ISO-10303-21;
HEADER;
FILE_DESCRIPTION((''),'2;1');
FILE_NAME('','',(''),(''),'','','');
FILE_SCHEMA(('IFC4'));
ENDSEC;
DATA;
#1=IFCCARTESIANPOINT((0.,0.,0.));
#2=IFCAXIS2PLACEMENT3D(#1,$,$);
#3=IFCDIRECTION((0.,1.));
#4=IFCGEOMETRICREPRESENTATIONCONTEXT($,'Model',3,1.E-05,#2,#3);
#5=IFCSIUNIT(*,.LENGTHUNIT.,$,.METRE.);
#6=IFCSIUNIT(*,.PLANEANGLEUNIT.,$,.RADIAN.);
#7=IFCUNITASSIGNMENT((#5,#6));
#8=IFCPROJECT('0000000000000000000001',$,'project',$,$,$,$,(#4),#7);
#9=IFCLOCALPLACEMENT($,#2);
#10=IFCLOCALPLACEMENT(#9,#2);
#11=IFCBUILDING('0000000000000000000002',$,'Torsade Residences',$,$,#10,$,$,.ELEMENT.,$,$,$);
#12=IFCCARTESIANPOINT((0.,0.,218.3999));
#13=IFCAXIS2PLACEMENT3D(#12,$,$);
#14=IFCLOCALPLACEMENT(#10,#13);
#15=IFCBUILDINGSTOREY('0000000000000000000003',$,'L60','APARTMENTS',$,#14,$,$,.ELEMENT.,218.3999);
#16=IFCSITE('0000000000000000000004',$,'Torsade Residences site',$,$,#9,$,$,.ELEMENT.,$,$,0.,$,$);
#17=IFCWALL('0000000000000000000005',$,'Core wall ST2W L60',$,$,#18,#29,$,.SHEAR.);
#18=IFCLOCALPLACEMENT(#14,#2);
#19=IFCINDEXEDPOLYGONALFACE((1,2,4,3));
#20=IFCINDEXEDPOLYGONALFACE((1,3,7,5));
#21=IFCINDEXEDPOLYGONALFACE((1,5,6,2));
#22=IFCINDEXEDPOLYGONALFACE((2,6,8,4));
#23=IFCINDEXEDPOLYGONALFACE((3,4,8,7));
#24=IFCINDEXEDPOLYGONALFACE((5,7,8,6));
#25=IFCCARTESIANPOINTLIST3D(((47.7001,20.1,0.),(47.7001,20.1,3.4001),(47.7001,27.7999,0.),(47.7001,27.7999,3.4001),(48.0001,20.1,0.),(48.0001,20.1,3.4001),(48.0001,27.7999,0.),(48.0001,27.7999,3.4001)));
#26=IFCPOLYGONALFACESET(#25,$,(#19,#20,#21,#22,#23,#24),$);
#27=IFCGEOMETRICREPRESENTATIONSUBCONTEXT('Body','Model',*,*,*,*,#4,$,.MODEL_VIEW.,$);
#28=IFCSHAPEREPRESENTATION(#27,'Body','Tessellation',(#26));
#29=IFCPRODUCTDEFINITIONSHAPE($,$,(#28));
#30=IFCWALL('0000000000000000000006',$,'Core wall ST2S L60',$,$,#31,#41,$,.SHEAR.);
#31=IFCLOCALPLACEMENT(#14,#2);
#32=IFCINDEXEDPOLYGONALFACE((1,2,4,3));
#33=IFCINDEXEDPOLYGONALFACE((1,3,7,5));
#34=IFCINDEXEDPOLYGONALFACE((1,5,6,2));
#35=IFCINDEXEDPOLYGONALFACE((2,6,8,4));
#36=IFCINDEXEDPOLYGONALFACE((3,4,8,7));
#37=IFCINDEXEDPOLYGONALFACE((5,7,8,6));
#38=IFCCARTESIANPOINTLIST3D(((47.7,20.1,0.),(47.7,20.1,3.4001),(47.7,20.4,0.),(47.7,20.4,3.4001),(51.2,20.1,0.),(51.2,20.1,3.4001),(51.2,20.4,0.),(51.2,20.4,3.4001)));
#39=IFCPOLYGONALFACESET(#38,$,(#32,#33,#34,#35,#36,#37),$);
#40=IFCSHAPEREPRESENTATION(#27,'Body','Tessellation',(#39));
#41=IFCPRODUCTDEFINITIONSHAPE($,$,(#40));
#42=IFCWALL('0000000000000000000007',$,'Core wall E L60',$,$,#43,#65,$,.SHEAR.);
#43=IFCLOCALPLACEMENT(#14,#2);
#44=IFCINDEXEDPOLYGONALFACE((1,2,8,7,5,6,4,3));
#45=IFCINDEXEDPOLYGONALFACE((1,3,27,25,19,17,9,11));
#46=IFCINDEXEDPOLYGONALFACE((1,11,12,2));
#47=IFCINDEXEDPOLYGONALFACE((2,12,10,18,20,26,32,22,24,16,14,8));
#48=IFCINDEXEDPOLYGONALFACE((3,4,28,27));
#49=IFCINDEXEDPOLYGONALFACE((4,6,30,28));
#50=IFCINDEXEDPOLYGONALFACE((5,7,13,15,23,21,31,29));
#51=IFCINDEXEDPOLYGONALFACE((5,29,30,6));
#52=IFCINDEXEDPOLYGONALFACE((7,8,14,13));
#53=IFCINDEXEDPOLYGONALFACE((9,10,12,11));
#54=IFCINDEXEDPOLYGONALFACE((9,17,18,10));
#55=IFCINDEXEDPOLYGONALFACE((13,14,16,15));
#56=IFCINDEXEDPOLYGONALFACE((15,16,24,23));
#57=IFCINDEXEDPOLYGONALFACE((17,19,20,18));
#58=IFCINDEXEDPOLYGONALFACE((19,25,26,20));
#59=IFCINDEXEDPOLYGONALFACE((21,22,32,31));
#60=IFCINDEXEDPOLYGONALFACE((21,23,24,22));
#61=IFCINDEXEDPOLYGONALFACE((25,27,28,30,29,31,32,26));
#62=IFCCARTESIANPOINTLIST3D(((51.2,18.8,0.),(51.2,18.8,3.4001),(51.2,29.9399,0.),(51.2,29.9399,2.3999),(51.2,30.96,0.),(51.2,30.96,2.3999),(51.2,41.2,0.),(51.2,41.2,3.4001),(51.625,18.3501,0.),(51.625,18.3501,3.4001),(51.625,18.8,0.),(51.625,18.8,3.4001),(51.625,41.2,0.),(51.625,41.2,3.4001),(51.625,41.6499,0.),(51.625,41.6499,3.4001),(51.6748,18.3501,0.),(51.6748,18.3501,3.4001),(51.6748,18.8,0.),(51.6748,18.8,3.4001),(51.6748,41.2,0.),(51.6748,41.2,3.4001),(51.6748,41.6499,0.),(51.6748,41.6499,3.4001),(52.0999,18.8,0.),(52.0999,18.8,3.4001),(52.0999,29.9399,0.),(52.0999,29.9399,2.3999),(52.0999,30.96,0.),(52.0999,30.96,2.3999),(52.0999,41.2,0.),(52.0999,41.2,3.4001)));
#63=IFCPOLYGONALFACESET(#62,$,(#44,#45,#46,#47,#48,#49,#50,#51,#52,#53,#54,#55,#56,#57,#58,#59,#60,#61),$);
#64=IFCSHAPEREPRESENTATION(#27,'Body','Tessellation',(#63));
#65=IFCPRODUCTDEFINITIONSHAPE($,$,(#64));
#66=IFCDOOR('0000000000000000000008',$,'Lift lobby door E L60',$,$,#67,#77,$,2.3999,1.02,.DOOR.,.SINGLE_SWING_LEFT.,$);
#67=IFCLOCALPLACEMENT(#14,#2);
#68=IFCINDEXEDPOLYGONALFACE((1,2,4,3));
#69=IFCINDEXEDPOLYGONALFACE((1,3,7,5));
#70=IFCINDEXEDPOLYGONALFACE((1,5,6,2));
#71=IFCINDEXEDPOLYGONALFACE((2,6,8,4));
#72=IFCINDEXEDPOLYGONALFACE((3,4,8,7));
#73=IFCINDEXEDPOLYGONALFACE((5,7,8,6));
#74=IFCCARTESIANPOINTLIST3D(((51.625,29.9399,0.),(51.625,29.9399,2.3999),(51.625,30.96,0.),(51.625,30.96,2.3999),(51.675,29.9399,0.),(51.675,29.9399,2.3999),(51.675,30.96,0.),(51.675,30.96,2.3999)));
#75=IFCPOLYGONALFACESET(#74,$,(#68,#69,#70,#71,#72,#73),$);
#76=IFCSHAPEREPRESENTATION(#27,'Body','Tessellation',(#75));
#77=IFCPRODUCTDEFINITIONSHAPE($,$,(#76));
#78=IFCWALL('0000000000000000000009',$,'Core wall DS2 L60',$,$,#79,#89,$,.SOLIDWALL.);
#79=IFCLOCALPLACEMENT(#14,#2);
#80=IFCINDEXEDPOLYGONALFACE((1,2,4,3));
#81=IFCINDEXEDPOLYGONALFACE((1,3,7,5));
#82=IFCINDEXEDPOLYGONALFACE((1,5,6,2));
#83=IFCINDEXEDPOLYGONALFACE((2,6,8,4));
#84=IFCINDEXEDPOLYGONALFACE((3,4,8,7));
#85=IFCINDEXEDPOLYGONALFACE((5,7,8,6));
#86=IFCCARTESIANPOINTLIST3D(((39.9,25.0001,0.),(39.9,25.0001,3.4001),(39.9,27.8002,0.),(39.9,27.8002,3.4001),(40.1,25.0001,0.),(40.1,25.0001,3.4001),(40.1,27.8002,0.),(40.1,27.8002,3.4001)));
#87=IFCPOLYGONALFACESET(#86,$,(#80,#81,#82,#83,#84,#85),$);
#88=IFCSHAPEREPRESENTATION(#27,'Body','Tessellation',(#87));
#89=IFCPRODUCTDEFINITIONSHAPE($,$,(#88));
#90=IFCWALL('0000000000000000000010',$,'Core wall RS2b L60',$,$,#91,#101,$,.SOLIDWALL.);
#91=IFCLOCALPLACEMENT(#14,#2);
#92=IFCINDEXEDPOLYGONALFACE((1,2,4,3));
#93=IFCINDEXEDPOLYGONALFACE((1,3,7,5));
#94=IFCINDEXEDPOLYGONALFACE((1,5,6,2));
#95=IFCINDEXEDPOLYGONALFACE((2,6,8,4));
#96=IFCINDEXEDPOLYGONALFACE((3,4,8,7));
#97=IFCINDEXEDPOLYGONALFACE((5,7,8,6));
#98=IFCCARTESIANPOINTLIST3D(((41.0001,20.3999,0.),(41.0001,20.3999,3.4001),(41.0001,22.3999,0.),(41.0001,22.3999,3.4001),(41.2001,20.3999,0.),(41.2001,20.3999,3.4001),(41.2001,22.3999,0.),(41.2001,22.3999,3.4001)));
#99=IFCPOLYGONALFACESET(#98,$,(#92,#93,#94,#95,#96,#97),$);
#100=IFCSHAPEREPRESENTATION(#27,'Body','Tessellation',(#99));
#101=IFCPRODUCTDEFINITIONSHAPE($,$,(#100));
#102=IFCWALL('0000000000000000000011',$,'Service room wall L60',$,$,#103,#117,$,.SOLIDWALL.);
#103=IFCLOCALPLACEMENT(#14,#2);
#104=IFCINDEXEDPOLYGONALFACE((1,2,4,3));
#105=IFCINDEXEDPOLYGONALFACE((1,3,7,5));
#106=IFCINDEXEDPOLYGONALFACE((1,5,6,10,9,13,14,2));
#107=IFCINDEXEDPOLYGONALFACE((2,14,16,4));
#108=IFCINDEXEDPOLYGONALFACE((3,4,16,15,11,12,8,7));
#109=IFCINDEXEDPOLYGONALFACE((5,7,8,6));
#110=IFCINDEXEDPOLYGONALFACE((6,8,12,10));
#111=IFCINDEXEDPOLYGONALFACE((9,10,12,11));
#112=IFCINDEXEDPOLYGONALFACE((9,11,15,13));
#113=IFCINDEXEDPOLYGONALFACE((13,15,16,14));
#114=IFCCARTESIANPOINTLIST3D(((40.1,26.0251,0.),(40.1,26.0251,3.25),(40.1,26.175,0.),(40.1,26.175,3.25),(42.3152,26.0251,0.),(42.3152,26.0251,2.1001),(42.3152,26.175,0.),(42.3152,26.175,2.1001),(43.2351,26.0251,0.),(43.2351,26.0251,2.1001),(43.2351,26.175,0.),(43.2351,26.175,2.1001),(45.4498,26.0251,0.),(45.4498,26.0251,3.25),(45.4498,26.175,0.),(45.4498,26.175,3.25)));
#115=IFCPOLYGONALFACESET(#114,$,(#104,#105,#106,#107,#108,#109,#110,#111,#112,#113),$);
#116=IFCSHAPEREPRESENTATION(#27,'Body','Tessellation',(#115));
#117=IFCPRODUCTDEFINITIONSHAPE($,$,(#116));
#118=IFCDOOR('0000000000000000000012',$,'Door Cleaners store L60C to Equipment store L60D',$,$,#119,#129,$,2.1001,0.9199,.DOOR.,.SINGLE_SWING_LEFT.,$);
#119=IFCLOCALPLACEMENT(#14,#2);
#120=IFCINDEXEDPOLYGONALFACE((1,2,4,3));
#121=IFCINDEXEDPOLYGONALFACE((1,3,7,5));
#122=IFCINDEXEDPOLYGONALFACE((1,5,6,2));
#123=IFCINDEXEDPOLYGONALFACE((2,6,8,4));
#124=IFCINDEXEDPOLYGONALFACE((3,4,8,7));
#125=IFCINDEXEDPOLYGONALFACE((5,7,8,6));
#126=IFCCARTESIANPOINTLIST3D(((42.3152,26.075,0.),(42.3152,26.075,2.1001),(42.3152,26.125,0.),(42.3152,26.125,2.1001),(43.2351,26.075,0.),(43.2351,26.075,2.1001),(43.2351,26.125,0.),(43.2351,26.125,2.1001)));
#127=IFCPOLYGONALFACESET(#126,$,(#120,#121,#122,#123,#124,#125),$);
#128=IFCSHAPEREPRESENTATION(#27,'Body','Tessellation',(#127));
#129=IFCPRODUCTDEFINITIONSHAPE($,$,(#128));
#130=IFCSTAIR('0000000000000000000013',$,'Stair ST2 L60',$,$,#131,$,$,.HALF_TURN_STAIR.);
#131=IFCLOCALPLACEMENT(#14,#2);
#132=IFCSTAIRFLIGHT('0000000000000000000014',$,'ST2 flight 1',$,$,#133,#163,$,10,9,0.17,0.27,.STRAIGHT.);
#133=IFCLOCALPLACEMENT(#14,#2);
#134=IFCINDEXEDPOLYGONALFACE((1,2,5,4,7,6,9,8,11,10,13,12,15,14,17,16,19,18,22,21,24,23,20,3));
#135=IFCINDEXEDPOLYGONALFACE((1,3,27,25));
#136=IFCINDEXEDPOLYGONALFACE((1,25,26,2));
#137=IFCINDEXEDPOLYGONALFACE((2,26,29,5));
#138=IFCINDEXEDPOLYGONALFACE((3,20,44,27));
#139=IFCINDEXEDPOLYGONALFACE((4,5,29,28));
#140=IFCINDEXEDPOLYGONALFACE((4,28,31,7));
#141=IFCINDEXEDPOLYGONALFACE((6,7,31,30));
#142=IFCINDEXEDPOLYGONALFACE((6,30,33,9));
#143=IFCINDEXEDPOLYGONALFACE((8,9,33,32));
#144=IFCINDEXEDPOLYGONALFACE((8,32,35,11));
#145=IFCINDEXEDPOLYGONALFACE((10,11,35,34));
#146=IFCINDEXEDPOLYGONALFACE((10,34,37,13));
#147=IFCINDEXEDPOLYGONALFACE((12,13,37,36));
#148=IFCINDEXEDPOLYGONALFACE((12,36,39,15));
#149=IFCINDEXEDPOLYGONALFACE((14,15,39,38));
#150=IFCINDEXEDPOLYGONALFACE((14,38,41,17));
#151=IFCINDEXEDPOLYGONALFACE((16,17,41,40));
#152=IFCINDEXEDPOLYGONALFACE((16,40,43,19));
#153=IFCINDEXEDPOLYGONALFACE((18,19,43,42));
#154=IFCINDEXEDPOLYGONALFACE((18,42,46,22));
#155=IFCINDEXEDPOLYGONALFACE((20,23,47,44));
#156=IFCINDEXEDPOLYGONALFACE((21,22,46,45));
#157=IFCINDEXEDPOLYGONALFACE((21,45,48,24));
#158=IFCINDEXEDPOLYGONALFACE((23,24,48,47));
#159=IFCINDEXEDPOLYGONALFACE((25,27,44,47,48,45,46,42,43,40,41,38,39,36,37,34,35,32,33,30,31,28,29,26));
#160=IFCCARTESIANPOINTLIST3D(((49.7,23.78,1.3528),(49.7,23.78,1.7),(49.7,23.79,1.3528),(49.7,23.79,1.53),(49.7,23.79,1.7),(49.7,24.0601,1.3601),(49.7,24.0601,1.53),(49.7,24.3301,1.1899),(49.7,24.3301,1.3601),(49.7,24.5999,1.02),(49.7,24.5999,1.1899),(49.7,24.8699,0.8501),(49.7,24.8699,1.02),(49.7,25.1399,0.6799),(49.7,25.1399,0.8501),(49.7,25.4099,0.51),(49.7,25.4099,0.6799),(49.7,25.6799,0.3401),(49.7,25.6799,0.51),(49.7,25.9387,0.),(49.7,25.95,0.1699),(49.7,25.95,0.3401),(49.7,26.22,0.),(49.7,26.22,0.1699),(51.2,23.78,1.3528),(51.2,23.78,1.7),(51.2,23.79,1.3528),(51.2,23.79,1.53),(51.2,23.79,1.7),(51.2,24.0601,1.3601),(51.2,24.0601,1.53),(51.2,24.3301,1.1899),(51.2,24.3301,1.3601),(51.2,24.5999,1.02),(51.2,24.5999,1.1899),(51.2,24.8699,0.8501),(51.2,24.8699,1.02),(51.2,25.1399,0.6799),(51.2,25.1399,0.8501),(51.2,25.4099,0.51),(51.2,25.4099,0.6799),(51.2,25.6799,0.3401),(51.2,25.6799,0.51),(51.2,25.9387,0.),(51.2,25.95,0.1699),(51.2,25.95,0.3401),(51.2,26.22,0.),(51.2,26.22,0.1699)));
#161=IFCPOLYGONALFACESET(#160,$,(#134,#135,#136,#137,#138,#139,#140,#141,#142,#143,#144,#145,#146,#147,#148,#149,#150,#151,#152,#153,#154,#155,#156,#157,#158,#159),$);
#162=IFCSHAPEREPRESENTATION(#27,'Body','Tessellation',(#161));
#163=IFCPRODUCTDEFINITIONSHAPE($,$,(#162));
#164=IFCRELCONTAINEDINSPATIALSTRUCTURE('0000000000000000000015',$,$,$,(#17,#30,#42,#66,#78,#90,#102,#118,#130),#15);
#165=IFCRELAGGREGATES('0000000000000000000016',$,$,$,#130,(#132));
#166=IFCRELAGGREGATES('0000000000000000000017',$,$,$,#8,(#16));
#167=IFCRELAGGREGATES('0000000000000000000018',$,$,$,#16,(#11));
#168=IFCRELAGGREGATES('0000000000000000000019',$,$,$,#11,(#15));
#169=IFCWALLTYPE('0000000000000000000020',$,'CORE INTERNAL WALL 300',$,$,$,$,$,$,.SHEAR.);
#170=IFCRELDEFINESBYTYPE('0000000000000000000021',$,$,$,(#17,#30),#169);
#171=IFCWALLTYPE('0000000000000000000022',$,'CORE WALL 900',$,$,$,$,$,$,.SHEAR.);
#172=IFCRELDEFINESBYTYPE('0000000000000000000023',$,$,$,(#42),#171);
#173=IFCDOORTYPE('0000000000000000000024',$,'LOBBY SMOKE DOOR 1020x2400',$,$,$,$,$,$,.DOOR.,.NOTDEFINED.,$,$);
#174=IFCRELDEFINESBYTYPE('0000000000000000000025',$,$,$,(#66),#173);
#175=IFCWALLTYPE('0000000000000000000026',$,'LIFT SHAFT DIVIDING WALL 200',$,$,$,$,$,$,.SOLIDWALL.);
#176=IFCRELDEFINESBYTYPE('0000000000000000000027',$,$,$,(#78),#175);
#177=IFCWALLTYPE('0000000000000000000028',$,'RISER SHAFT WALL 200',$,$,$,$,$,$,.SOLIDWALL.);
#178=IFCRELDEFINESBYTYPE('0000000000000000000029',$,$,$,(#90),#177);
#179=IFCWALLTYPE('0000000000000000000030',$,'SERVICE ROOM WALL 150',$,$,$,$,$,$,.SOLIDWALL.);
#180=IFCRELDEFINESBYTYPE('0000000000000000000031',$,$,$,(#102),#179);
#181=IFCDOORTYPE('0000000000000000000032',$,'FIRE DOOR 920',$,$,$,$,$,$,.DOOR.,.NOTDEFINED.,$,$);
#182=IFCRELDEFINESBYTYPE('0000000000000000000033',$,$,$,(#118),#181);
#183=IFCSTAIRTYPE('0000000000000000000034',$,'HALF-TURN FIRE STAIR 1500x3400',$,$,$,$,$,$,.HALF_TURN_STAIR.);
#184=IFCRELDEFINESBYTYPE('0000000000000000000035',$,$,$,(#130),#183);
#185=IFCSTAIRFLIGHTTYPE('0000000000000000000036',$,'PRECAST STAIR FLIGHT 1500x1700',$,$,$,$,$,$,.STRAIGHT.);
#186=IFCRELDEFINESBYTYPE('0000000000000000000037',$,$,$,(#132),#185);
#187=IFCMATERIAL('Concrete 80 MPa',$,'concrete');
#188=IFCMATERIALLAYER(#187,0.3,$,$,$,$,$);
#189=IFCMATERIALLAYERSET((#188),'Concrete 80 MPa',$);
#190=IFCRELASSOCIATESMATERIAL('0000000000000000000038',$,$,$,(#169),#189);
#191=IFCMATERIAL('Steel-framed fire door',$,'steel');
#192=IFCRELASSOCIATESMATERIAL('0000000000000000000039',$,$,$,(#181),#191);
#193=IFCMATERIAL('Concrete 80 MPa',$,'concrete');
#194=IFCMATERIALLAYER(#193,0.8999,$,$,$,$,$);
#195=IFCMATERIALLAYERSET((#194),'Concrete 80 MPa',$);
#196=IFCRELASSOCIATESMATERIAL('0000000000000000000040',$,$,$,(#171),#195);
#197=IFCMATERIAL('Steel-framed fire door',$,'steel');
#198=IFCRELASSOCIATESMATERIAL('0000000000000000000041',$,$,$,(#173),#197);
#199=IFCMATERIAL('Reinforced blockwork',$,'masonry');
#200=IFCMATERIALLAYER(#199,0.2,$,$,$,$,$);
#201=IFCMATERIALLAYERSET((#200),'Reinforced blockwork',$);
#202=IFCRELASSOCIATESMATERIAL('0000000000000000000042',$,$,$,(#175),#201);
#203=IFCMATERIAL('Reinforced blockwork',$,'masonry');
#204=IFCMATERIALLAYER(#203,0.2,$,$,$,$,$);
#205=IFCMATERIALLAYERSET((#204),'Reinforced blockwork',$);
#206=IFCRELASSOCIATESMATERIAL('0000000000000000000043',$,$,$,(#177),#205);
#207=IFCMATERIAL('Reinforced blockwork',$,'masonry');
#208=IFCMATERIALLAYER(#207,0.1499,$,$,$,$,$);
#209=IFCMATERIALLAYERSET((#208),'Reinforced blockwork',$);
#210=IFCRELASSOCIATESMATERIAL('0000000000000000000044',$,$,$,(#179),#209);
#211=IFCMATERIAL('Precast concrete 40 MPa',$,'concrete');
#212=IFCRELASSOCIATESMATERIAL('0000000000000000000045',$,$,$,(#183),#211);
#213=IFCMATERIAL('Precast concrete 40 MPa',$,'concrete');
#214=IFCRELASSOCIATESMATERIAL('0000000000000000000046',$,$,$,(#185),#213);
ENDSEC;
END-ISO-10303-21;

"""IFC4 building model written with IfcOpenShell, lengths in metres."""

from ifc_helpers import new_model, si_unit, direction, frame, frame_2d, origin, place, context, subcontext, project, spatial, polyline, rectangle, outline, extrude, material, layer, layer_set, type_object, element, fill, aggregate, save


model = new_model("IFC4")

# Units and contexts
model_context = context("Model", 3, precision=1e-05, world=origin(), true_north=direction((0.0, 1.0)))
body_context = subcontext(model_context, "Body", "Model", "MODEL_VIEW")
ifc_project = project(units=[si_unit("LENGTHUNIT", "METRE"), si_unit("PLANEANGLEUNIT", "RADIAN")], contexts=[model_context])

# Site, building, storey
site_placement = place(None, origin())
site = spatial("IfcSite", under=ifc_project, at=site_placement, Name="Torsade Residences site", CompositionType="ELEMENT", RefElevation=0.0)
building_placement = place(site_placement, origin())
building = spatial("IfcBuilding", under=site, at=building_placement, Name="Torsade Residences", CompositionType="ELEMENT")
storey_placement = place(building_placement, frame((0.0, 0.0, 218.3999)))
storey = spatial("IfcBuildingStorey", under=building, at=storey_placement, Name="L60", Description="APARTMENTS", CompositionType="ELEMENT", Elevation=218.3999)

# Shared definitions
ifc_material_1 = material(Name="Concrete 80 MPa", Category="concrete")
ifc_layer_1 = layer(ifc_material_1, 0.3)
ifc_layer_set_1 = layer_set([ifc_layer_1], Name="Concrete 80 MPa")
wall_type_1 = type_object("IfcWallType", Name="CORE INTERNAL WALL 300", PredefinedType="SHEAR", material=ifc_layer_set_1)
ifc_material_2 = material(Name="Steel-framed fire door", Category="steel")
door_type_1 = type_object("IfcDoorType", Name="FIRE DOOR 920", OperationType="NOTDEFINED", PredefinedType="DOOR", material=ifc_material_2)

# Walls
wall_1_placement = place(storey_placement, frame((47.8501, 27.8, 0.0), z_axis=(0.0, 0.0, 1.0), x_axis=(0.0, -1.0, 0.0)))
element("IfcWall", 1, at=wall_1_placement, inside=storey, type_object=wall_type_1, Name="Core wall ST2W L60", PredefinedType="SHEAR", context=body_context, shape_type="SweptSolid", body=[
    extrude(rectangle(XDim=7.7, YDim=0.3, at=frame_2d((3.8501, 0.0))), origin(), (0.0, 0.0, 1.0), 3.4001),
])
wall_2_placement = place(storey_placement, frame((51.2, 20.25, 0.0), z_axis=(0.0, 0.0, 1.0), x_axis=(-1.0, 0.0, 0.0)))
element("IfcWall", 2, at=wall_2_placement, inside=storey, type_object=wall_type_1, Name="Core wall ST2S L60", PredefinedType="SHEAR", context=body_context, shape_type="SweptSolid", body=[
    extrude(rectangle(XDim=3.5, YDim=0.3, at=frame_2d((1.75, 0.0))), origin(), (0.0, 0.0, 1.0), 3.4001),
])

# Wall, opening, door
ifc_material_3 = material(Name="Concrete 80 MPa", Category="concrete")
ifc_layer_2 = layer(ifc_material_3, 0.8999)
ifc_layer_set_2 = layer_set([ifc_layer_2], Name="Concrete 80 MPa")
wall_type_2 = type_object("IfcWallType", Name="CORE WALL 900", PredefinedType="SHEAR", material=ifc_layer_set_2)
wall_3_placement = place(storey_placement, frame((51.6499, 18.8, 0.0), z_axis=(0.0, 0.0, 1.0), x_axis=(0.0, 1.0, 0.0)))
wall_3 = element("IfcWall", 3, at=wall_3_placement, inside=storey, type_object=wall_type_2, Name="Core wall E L60", PredefinedType="SHEAR", context=body_context, shape_type="SweptSolid", body=[
    extrude(outline(polyline([(0.0, -0.45), (22.3999, -0.45), (22.3999, -0.0249), (22.8499, -0.0249), (22.8499, 0.0249), (22.3999, 0.0249), (22.3999, 0.45), (0.0, 0.45), (0.0, 0.0249), (-0.45, 0.0249), (-0.45, -0.0249), (0.0, -0.0249), (0.0, -0.45)])), origin(), (0.0, 0.0, 1.0), 3.4001),
])
opening_1_placement = place(wall_3_placement, frame((11.1399, 0.0, 0.0)))
opening_1 = element("IfcOpeningElement", 4, at=opening_1_placement, cuts=wall_3, PredefinedType="OPENING", context=body_context, shape_type="SweptSolid", body=[
    extrude(rectangle(XDim=1.02, YDim=2.3999, at=frame_2d((0.51, 1.2))), frame((0.0, 0.46, 0.0), z_axis=(0.0, -1.0, 0.0), x_axis=(1.0, 0.0, 0.0)), (0.0, 0.0, 1.0), 0.9199),
])
ifc_material_4 = material(Name="Steel-framed fire door", Category="steel")
door_type_2 = type_object("IfcDoorType", Name="LOBBY SMOKE DOOR 1020x2400", OperationType="NOTDEFINED", PredefinedType="DOOR", material=ifc_material_4)
door_1_placement = place(opening_1_placement, origin())
door_1 = element("IfcDoor", 5, at=door_1_placement, inside=storey, type_object=door_type_2, Name="Lift lobby door E L60", OperationType="SINGLE_SWING_LEFT", OverallHeight=2.3999, OverallWidth=1.02, PredefinedType="DOOR", context=body_context, shape_type="SweptSolid", body=[
    extrude(rectangle(XDim=1.02, YDim=2.3999, at=frame_2d((0.51, 1.2))), frame((0.0, 0.0249, 0.0), z_axis=(0.0, -1.0, 0.0), x_axis=(1.0, 0.0, 0.0)), (0.0, 0.0, 1.0), 0.05),
])
fill(opening_1, door_1)

# Walls
ifc_material_5 = material(Name="Reinforced blockwork", Category="masonry")
ifc_layer_3 = layer(ifc_material_5, 0.2)
ifc_layer_set_3 = layer_set([ifc_layer_3], Name="Reinforced blockwork")
wall_type_3 = type_object("IfcWallType", Name="LIFT SHAFT DIVIDING WALL 200", PredefinedType="SOLIDWALL", material=ifc_layer_set_3)
wall_4_placement = place(storey_placement, frame((40.0, 27.8, 0.0), z_axis=(0.0, 0.0, 1.0), x_axis=(0.0, -1.0, 0.0)))
element("IfcWall", 6, at=wall_4_placement, inside=storey, type_object=wall_type_3, Name="Core wall DS2 L60", PredefinedType="SOLIDWALL", context=body_context, shape_type="SweptSolid", body=[
    extrude(rectangle(XDim=2.8, YDim=0.2, at=frame_2d((1.3999, 0.0))), origin(), (0.0, 0.0, 1.0), 3.4001),
])
ifc_material_6 = material(Name="Reinforced blockwork", Category="masonry")
ifc_layer_4 = layer(ifc_material_6, 0.2)
ifc_layer_set_4 = layer_set([ifc_layer_4], Name="Reinforced blockwork")
wall_type_4 = type_object("IfcWallType", Name="RISER SHAFT WALL 200", PredefinedType="SOLIDWALL", material=ifc_layer_set_4)
wall_5_placement = place(storey_placement, frame((41.1001, 22.3999, 0.0), z_axis=(0.0, 0.0, 1.0), x_axis=(0.0, -1.0, 0.0)))
element("IfcWall", 7, at=wall_5_placement, inside=storey, type_object=wall_type_4, Name="Core wall RS2b L60", PredefinedType="SOLIDWALL", context=body_context, shape_type="SweptSolid", body=[
    extrude(rectangle(XDim=2.0, YDim=0.2, at=frame_2d((1.0, 0.0))), origin(), (0.0, 0.0, 1.0), 3.4001),
])

# Wall, opening, door
ifc_material_7 = material(Name="Reinforced blockwork", Category="masonry")
ifc_layer_5 = layer(ifc_material_7, 0.1499)
ifc_layer_set_5 = layer_set([ifc_layer_5], Name="Reinforced blockwork")
wall_type_5 = type_object("IfcWallType", Name="SERVICE ROOM WALL 150", PredefinedType="SOLIDWALL", material=ifc_layer_set_5)
wall_6_placement = place(storey_placement, frame((40.1001, 26.1001, 0.0), z_axis=(0.0, 0.0, 1.0), x_axis=(1.0, 0.0, 0.0)))
wall_6 = element("IfcWall", 8, at=wall_6_placement, inside=storey, type_object=wall_type_5, Name="Service room wall L60", PredefinedType="SOLIDWALL", context=body_context, shape_type="SweptSolid", body=[
    extrude(rectangle(XDim=5.3499, YDim=0.1499, at=frame_2d((2.6748, 0.0))), origin(), (0.0, 0.0, 1.0), 3.25),
])
opening_2_placement = place(wall_6_placement, frame((2.2151, 0.0, 0.0)))
opening_2 = element("IfcOpeningElement", 9, at=opening_2_placement, cuts=wall_6, PredefinedType="OPENING", context=body_context, shape_type="SweptSolid", body=[
    extrude(rectangle(XDim=0.9199, YDim=2.1001, at=frame_2d((0.46, 1.05))), frame((0.0, 0.085, 0.0), z_axis=(0.0, -1.0, 0.0), x_axis=(1.0, 0.0, 0.0)), (0.0, 0.0, 1.0), 0.1699),
])
door_2_placement = place(opening_2_placement, origin())
door_2 = element("IfcDoor", 10, at=door_2_placement, inside=storey, type_object=door_type_1, Name="Door Cleaners store L60C to Equipment store L60D", OperationType="SINGLE_SWING_LEFT", OverallHeight=2.1001, OverallWidth=0.9199, PredefinedType="DOOR", context=body_context, shape_type="SweptSolid", body=[
    extrude(rectangle(XDim=0.9199, YDim=2.1001, at=frame_2d((0.46, 1.05))), frame((0.0, 0.0249, 0.0), z_axis=(0.0, -1.0, 0.0), x_axis=(1.0, 0.0, 0.0)), (0.0, 0.0, 1.0), 0.05),
])
fill(opening_2, door_2)

# Stair, stair flight
ifc_material_8 = material(Name="Precast concrete 40 MPa", Category="concrete")
stair_type = type_object("IfcStairType", Name="HALF-TURN FIRE STAIR 1500x3400", PredefinedType="HALF_TURN_STAIR", material=ifc_material_8)
stair_placement = place(storey_placement, origin())
stair = element("IfcStair", 11, at=stair_placement, inside=storey, type_object=stair_type, Name="Stair ST2 L60", PredefinedType="HALF_TURN_STAIR")
ifc_material_9 = material(Name="Precast concrete 40 MPa", Category="concrete")
stair_flight_type = type_object("IfcStairFlightType", Name="PRECAST STAIR FLIGHT 1500x1700", PredefinedType="STRAIGHT", material=ifc_material_9)
stair_flight_1_placement = place(storey_placement, frame((50.45, 26.22, 0.0), z_axis=(0.0, 0.0, 1.0), x_axis=(0.0, -1.0, 0.0)))
stair_flight_1 = element("IfcStairFlight", 12, at=stair_flight_1_placement, type_object=stair_flight_type, Name="ST2 flight 1", NumberOfRisers=10, NumberOfTreads=9, PredefinedType="STRAIGHT", RiserHeight=0.17, TreadLength=0.27, context=body_context, shape_type="SweptSolid", body=[
    extrude(outline(polyline([(0.0, 0.0), (0.0, 0.1699), (0.27, 0.1699), (0.27, 0.3401), (0.54, 0.3401), (0.54, 0.51), (0.8101, 0.51), (0.8101, 0.6799), (1.0801, 0.6799), (1.0801, 0.8501), (1.3501, 0.8501), (1.3501, 1.02), (1.6201, 1.02), (1.6201, 1.1899), (1.8899, 1.1899), (1.8899, 1.3601), (2.1599, 1.3601), (2.1599, 1.53), (2.4299, 1.53), (2.4299, 1.7), (2.4399, 1.7), (2.4399, 1.3528), (2.4299, 1.3528), (0.2812, 0.0), (0.0, 0.0)])), frame((0.0, 0.75, 0.0), z_axis=(0.0, -1.0, 0.0), x_axis=(1.0, 0.0, 0.0)), (0.0, 0.0, 1.0), 1.5),
])
aggregate(stair, [stair_flight_1])

save(model, "model.ifc")
